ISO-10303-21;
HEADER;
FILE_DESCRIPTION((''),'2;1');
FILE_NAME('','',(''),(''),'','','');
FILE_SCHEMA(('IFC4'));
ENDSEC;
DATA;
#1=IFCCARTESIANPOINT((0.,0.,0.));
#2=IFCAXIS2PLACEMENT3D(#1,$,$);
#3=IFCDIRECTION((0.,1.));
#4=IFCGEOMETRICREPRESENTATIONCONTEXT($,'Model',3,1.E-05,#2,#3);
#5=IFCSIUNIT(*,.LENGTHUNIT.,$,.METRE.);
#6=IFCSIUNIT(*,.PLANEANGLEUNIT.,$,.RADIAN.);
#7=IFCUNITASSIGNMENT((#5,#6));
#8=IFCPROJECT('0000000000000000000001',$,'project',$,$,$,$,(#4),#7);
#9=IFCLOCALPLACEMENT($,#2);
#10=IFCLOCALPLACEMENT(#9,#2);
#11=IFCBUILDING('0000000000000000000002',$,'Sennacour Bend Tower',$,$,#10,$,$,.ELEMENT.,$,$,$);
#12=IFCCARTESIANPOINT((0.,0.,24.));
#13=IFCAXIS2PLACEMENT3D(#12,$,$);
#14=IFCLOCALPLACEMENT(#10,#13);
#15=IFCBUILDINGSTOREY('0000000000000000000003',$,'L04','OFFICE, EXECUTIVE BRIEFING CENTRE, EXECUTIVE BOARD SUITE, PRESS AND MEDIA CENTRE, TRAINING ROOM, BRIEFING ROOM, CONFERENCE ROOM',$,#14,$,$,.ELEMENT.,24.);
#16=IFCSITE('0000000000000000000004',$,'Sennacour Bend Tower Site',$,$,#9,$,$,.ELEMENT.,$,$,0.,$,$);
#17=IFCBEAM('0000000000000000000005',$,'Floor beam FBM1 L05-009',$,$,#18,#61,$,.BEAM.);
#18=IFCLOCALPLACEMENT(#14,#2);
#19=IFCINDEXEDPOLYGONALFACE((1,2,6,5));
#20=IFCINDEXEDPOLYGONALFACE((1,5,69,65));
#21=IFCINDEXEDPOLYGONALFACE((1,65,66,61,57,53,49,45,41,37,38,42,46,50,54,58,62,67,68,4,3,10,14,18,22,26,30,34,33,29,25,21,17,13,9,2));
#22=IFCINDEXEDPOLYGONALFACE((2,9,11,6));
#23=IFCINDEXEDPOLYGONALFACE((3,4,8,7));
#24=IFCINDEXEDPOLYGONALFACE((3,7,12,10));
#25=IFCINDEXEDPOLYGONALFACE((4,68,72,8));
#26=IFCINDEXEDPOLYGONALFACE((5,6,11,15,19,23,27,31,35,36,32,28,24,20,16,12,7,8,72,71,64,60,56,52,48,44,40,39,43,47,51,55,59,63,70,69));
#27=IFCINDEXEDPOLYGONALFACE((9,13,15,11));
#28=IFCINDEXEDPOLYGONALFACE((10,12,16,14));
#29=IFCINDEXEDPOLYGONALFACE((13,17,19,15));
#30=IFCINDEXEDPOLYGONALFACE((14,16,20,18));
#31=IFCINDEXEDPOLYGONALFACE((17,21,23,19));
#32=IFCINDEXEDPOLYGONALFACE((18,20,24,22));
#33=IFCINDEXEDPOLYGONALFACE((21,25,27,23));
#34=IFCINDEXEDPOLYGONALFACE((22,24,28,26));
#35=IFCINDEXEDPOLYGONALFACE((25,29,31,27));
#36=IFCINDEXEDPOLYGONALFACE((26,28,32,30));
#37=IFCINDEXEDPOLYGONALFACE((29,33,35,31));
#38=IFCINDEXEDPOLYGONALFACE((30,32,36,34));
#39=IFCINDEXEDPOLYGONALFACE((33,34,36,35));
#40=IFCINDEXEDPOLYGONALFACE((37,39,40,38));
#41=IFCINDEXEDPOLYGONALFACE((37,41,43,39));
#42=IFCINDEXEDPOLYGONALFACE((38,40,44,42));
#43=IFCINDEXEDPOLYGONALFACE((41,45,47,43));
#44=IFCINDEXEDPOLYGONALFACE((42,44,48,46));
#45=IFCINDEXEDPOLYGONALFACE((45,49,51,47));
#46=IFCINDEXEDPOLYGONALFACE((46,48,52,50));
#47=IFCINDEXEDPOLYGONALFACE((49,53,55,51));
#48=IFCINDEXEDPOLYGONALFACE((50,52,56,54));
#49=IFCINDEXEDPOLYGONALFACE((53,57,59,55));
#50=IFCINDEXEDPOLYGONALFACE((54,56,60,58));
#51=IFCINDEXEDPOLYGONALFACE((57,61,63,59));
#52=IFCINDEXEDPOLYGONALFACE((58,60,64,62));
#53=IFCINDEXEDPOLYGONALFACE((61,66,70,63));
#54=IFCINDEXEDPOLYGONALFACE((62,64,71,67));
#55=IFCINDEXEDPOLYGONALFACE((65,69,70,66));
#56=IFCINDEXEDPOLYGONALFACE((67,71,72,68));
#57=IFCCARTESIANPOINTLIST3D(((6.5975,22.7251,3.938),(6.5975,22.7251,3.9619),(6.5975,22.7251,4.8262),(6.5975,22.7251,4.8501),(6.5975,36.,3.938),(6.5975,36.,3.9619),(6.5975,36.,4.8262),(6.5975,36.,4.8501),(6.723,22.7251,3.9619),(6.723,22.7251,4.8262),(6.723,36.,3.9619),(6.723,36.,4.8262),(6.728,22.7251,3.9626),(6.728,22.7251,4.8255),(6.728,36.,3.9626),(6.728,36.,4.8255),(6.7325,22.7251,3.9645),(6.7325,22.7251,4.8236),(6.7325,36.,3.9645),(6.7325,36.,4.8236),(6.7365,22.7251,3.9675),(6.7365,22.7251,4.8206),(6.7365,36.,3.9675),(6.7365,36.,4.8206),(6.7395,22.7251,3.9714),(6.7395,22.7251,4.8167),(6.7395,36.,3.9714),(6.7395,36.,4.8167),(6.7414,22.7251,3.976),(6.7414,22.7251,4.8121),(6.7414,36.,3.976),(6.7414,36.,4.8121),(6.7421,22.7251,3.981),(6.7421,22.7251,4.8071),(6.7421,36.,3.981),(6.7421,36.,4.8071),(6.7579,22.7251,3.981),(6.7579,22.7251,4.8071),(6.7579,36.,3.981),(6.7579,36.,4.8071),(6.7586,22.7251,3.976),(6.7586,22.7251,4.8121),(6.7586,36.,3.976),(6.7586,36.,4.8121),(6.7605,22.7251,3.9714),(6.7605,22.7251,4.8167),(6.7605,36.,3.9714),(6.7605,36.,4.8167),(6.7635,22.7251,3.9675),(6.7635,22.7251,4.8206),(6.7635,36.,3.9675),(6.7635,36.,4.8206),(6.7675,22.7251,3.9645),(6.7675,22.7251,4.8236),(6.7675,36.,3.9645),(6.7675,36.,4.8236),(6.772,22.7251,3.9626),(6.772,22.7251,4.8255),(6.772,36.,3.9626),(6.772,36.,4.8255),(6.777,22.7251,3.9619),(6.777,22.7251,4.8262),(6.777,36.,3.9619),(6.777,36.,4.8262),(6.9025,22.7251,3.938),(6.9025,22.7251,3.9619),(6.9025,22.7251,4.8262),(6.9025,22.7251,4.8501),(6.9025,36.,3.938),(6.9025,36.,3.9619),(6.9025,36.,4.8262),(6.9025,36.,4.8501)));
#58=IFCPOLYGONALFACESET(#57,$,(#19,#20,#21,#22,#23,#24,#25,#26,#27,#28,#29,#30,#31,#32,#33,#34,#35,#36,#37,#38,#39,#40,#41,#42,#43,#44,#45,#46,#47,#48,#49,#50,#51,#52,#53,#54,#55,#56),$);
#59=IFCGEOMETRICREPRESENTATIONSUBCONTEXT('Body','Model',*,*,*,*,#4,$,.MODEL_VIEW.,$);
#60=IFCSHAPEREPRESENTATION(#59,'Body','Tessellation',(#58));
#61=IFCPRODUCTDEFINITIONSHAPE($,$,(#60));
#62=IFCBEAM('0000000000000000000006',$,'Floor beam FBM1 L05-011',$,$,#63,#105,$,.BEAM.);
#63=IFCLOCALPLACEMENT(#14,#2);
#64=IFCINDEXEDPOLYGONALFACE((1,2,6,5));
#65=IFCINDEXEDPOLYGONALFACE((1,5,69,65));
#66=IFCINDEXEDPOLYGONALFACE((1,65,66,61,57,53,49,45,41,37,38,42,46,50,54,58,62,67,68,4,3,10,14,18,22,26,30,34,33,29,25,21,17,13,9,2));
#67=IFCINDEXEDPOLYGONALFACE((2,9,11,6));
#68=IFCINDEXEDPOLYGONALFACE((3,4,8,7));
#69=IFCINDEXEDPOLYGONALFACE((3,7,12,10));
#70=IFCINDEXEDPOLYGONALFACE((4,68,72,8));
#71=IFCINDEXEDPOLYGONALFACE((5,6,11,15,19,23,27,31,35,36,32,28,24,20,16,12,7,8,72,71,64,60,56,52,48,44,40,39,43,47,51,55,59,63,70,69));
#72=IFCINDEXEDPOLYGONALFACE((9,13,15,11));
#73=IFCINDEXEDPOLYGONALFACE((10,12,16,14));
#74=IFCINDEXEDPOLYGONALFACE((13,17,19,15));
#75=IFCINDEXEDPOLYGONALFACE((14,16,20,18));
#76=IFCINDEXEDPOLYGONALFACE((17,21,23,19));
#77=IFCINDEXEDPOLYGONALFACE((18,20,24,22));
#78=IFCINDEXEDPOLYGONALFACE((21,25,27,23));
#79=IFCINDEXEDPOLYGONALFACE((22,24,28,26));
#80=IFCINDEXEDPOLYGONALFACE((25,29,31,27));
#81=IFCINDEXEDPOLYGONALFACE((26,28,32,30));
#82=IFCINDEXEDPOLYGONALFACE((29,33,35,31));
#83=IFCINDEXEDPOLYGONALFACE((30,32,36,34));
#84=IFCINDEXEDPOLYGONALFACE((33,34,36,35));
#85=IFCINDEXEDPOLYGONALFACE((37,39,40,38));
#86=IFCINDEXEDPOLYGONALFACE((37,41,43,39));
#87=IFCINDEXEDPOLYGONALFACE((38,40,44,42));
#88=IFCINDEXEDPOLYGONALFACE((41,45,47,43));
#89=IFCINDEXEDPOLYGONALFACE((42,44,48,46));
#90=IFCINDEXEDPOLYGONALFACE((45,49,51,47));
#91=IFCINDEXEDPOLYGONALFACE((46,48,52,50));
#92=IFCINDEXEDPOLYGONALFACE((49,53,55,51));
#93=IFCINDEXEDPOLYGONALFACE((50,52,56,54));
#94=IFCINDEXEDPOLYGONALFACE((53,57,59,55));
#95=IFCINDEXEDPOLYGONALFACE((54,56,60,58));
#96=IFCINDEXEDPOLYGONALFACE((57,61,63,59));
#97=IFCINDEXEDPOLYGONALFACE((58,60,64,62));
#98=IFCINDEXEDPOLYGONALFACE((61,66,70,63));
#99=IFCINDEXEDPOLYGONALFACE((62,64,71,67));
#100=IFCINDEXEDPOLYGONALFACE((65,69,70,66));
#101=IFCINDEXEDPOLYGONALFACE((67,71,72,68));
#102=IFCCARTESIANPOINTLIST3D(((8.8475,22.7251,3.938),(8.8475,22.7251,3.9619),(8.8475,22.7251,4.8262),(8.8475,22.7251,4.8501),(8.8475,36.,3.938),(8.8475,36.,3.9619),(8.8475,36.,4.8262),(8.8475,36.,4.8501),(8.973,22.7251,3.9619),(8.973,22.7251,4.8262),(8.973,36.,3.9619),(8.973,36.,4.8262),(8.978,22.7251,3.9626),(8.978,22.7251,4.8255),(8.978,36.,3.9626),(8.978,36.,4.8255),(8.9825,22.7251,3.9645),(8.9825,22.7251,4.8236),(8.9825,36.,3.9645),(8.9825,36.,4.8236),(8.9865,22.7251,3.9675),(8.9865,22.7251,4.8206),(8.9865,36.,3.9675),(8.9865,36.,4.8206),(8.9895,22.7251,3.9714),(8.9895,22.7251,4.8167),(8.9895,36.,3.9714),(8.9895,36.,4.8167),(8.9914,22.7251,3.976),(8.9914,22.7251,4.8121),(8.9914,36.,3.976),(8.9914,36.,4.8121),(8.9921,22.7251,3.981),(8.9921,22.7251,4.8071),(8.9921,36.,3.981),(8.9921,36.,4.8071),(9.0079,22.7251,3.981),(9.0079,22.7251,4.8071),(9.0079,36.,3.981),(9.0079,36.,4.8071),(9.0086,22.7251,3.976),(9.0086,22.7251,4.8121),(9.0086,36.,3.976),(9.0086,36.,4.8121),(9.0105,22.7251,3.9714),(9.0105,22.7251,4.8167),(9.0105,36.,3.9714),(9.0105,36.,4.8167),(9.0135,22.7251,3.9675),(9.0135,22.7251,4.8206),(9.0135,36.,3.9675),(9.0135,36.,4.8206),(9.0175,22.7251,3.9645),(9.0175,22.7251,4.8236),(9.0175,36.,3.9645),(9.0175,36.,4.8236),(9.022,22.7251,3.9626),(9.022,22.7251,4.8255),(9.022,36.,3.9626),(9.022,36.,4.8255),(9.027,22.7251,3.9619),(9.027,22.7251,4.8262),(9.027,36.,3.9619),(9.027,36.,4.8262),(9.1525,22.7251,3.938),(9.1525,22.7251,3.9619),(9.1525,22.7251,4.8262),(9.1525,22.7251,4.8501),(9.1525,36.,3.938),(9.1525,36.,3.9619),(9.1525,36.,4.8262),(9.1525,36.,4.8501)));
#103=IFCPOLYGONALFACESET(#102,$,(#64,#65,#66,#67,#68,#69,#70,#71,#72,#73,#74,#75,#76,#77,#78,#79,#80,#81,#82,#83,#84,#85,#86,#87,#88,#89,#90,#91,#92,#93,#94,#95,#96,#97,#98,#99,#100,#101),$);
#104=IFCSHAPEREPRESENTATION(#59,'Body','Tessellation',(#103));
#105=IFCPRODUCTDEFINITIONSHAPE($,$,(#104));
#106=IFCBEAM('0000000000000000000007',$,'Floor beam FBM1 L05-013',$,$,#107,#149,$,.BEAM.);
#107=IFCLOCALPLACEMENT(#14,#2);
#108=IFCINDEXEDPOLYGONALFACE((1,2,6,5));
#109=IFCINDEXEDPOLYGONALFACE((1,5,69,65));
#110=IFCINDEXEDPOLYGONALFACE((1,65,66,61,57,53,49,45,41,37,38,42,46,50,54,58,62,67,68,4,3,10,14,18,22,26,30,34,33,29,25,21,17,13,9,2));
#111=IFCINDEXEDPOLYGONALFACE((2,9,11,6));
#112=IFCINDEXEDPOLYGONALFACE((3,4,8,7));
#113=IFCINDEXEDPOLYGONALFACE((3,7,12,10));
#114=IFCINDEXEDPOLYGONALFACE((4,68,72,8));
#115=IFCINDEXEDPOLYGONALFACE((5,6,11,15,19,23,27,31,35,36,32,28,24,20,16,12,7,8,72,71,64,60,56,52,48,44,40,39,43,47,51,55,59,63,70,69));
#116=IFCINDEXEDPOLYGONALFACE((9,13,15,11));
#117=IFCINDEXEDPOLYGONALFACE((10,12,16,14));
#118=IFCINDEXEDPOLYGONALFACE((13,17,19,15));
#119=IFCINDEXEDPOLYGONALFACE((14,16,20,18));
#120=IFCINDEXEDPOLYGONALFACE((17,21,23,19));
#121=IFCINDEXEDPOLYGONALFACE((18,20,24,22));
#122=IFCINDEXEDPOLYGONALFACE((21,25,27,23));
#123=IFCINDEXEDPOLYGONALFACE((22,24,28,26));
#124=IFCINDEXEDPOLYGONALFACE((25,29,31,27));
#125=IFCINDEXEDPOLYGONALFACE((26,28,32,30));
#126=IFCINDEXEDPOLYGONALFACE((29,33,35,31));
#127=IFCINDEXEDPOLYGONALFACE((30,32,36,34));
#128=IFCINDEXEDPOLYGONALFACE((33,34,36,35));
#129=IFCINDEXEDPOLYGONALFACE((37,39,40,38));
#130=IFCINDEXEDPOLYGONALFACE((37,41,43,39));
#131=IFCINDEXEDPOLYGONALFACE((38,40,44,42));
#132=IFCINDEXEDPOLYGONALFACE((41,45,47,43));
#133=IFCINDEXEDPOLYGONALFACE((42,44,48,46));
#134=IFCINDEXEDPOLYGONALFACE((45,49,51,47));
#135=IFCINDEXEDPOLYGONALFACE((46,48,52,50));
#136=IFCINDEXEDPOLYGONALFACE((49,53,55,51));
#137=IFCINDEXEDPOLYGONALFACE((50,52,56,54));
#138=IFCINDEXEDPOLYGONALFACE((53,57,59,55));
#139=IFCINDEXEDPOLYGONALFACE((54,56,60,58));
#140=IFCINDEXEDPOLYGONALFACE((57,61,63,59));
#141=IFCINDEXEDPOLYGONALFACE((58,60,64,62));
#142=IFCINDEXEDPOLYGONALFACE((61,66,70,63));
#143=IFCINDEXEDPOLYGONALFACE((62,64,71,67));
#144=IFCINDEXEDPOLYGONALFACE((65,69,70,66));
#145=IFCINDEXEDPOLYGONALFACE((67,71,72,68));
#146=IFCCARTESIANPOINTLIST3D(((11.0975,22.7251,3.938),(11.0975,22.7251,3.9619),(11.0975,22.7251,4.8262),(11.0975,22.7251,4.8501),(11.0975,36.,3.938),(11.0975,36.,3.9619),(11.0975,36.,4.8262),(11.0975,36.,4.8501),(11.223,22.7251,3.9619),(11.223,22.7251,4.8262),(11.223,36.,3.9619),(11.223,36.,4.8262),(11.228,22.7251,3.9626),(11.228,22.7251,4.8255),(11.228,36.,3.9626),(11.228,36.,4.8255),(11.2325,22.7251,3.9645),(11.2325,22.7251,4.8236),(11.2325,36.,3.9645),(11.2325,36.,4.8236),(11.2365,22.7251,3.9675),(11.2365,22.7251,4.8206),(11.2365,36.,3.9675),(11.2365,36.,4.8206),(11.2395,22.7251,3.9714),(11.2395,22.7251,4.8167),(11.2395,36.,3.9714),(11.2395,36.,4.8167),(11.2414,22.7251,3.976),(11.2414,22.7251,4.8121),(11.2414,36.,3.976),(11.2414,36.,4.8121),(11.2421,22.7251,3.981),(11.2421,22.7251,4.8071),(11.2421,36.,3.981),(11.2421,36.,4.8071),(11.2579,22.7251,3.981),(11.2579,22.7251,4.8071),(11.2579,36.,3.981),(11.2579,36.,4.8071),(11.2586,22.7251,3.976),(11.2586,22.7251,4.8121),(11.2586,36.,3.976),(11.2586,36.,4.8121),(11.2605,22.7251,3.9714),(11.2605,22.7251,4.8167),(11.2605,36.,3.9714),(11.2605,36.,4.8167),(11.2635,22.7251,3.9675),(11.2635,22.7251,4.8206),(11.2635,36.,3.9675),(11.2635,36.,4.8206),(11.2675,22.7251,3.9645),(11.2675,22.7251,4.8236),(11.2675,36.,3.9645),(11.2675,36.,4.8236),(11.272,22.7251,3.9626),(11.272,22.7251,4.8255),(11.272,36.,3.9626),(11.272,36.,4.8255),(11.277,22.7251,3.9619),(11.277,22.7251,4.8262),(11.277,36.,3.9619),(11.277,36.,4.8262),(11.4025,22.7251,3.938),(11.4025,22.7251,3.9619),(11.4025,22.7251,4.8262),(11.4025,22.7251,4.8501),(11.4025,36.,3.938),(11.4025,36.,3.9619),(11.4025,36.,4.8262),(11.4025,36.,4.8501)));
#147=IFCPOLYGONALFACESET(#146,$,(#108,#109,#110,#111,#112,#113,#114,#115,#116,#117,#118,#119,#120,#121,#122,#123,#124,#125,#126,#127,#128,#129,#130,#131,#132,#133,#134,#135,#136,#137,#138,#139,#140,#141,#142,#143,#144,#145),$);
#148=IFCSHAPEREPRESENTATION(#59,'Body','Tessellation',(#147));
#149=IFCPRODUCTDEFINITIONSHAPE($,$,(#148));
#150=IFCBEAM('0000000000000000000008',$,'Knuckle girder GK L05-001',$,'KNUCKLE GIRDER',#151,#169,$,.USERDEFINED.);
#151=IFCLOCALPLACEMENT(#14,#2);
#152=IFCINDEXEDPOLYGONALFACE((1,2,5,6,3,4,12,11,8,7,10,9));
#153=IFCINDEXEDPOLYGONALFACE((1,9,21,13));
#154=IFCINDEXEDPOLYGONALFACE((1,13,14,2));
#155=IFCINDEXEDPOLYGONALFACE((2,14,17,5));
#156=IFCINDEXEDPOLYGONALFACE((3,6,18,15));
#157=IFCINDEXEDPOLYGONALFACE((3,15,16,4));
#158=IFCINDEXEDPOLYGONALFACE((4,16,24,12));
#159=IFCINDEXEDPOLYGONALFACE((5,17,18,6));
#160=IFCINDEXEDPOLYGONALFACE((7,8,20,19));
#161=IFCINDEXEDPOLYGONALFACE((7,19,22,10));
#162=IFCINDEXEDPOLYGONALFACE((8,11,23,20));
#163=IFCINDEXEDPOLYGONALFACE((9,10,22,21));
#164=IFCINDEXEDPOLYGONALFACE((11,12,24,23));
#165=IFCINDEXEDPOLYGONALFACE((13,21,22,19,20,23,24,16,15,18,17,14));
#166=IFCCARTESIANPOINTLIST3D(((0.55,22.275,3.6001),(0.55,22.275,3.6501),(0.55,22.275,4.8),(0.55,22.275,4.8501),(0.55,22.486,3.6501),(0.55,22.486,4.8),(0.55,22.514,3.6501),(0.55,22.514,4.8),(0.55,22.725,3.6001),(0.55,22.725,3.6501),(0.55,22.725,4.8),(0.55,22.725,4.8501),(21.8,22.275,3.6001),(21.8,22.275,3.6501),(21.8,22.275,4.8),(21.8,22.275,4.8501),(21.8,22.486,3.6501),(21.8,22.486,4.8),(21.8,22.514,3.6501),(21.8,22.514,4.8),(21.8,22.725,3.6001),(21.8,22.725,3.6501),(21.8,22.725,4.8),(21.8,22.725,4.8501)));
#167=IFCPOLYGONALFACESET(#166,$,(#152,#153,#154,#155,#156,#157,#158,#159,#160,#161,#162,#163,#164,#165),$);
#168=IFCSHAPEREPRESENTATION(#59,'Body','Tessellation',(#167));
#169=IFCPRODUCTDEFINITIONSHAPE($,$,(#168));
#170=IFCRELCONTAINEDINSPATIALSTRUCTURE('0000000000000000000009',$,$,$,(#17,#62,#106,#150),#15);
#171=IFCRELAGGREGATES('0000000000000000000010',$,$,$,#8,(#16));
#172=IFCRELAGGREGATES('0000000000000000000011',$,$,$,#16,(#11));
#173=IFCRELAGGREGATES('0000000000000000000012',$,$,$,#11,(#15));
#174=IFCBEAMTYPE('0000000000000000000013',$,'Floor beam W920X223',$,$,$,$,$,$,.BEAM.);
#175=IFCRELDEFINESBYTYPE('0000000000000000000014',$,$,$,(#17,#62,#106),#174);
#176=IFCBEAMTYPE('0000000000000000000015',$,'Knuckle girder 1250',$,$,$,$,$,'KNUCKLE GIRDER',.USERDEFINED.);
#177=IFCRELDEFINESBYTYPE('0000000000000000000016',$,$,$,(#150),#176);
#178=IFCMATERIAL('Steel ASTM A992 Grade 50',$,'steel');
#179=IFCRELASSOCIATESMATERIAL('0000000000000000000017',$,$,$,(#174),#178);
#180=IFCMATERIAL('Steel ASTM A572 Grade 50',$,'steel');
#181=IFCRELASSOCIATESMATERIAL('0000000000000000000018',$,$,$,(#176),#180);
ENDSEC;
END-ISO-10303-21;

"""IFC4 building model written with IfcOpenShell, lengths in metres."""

from ifc_helpers import new_model, si_unit, direction, frame, origin, origin_2d, place, context, subcontext, project, spatial, i_section, extrude, material, material_profile, profile_set, type_object, element, save


model = new_model("IFC4")

# Units and contexts
model_context = context("Model", 3, precision=1e-05, world=origin(), true_north=direction((0.0, 1.0)))
body_context = subcontext(model_context, "Body", "Model", "MODEL_VIEW")
ifc_project = project(units=[si_unit("LENGTHUNIT", "METRE"), si_unit("PLANEANGLEUNIT", "RADIAN")], contexts=[model_context])

# Site, building, storey
site_placement = place(None, origin())
site = spatial("IfcSite", under=ifc_project, at=site_placement, Name="Sennacour Bend Tower Site", CompositionType="ELEMENT", RefElevation=0.0)
building_placement = place(site_placement, origin())
building = spatial("IfcBuilding", under=site, at=building_placement, Name="Sennacour Bend Tower", CompositionType="ELEMENT")
storey_placement = place(building_placement, frame((0.0, 0.0, 24.0)))
storey = spatial("IfcBuildingStorey", under=building, at=storey_placement, Name="L04", Description="OFFICE, EXECUTIVE BRIEFING CENTRE, EXECUTIVE BOARD SUITE, PRESS AND MEDIA CENTRE, TRAINING ROOM, BRIEFING ROOM, CONFERENCE ROOM", CompositionType="ELEMENT", Elevation=24.0)

# Shared definitions
ifc_material_1 = material(Name="Steel ASTM A572 Grade 50", Category="steel")

# Beams
ifc_material_2 = material(Name="Steel ASTM A992 Grade 50", Category="steel")
ifc_material_profile_1 = material_profile(ifc_material_2, i_section(OverallWidth=0.3049, OverallDepth=0.9121, WebThickness=0.0159, FlangeThickness=0.0239, FilletRadius=0.019, at=origin_2d()), Name="Steel ASTM A992 Grade 50", Category="steel")
ifc_profile_set_1 = profile_set([ifc_material_profile_1], Name="Steel ASTM A992 Grade 50")
beam_type_1 = type_object("IfcBeamType", Name="Floor beam W920X223", PredefinedType="BEAM", material=ifc_profile_set_1)
for number, where, z_axis, x_axis, name in (
    (1, (6.75, 22.7251, 4.394), (0.0, 1.0, 0.0), (-1.0, 0.0, 0.0), "Floor beam FBM1 L05-009"),
    (2, (9.0, 22.7251, 4.394), (0.0, 1.0, 0.0), (-1.0, 0.0, 0.0), "Floor beam FBM1 L05-011"),
    (3, (11.25, 22.7251, 4.394), (0.0, 1.0, 0.0), (-1.0, 0.0, 0.0), "Floor beam FBM1 L05-013"),
):
    element("IfcBeam", number, at=place(storey_placement, frame(where, z_axis=z_axis, x_axis=x_axis)), inside=storey, type_object=beam_type_1, Name=name, PredefinedType="BEAM", context=body_context, shape_type="SweptSolid", body=[
        extrude(i_section(OverallWidth=0.3049, OverallDepth=0.9121, WebThickness=0.0159, FlangeThickness=0.0239, FilletRadius=0.019, at=origin_2d()), origin(), (0.0, 0.0, 1.0), 13.2749),
    ])
ifc_material_profile_2 = material_profile(ifc_material_1, i_section(OverallWidth=0.45, OverallDepth=1.25, WebThickness=0.0281, FlangeThickness=0.05, at=origin_2d()), Name="Steel ASTM A572 Grade 50", Category="steel")
ifc_profile_set_2 = profile_set([ifc_material_profile_2], Name="Steel ASTM A572 Grade 50")
beam_type_2 = type_object("IfcBeamType", Name="Knuckle girder 1250", ElementType="KNUCKLE GIRDER", PredefinedType="USERDEFINED", material=ifc_profile_set_2)
beam_1_placement = place(storey_placement, frame((0.55, 22.5, 4.2251), z_axis=(1.0, 0.0, 0.0), x_axis=(0.0, 1.0, 0.0)))
element("IfcBeam", 4, at=beam_1_placement, inside=storey, type_object=beam_type_2, Name="Knuckle girder GK L05-001", ObjectType="KNUCKLE GIRDER", PredefinedType="USERDEFINED", context=body_context, shape_type="SweptSolid", body=[
    extrude(i_section(OverallWidth=0.45, OverallDepth=1.25, WebThickness=0.0281, FlangeThickness=0.05, at=origin_2d()), origin(), (0.0, 0.0, 1.0), 21.25),
])

save(model, "model.ifc")
